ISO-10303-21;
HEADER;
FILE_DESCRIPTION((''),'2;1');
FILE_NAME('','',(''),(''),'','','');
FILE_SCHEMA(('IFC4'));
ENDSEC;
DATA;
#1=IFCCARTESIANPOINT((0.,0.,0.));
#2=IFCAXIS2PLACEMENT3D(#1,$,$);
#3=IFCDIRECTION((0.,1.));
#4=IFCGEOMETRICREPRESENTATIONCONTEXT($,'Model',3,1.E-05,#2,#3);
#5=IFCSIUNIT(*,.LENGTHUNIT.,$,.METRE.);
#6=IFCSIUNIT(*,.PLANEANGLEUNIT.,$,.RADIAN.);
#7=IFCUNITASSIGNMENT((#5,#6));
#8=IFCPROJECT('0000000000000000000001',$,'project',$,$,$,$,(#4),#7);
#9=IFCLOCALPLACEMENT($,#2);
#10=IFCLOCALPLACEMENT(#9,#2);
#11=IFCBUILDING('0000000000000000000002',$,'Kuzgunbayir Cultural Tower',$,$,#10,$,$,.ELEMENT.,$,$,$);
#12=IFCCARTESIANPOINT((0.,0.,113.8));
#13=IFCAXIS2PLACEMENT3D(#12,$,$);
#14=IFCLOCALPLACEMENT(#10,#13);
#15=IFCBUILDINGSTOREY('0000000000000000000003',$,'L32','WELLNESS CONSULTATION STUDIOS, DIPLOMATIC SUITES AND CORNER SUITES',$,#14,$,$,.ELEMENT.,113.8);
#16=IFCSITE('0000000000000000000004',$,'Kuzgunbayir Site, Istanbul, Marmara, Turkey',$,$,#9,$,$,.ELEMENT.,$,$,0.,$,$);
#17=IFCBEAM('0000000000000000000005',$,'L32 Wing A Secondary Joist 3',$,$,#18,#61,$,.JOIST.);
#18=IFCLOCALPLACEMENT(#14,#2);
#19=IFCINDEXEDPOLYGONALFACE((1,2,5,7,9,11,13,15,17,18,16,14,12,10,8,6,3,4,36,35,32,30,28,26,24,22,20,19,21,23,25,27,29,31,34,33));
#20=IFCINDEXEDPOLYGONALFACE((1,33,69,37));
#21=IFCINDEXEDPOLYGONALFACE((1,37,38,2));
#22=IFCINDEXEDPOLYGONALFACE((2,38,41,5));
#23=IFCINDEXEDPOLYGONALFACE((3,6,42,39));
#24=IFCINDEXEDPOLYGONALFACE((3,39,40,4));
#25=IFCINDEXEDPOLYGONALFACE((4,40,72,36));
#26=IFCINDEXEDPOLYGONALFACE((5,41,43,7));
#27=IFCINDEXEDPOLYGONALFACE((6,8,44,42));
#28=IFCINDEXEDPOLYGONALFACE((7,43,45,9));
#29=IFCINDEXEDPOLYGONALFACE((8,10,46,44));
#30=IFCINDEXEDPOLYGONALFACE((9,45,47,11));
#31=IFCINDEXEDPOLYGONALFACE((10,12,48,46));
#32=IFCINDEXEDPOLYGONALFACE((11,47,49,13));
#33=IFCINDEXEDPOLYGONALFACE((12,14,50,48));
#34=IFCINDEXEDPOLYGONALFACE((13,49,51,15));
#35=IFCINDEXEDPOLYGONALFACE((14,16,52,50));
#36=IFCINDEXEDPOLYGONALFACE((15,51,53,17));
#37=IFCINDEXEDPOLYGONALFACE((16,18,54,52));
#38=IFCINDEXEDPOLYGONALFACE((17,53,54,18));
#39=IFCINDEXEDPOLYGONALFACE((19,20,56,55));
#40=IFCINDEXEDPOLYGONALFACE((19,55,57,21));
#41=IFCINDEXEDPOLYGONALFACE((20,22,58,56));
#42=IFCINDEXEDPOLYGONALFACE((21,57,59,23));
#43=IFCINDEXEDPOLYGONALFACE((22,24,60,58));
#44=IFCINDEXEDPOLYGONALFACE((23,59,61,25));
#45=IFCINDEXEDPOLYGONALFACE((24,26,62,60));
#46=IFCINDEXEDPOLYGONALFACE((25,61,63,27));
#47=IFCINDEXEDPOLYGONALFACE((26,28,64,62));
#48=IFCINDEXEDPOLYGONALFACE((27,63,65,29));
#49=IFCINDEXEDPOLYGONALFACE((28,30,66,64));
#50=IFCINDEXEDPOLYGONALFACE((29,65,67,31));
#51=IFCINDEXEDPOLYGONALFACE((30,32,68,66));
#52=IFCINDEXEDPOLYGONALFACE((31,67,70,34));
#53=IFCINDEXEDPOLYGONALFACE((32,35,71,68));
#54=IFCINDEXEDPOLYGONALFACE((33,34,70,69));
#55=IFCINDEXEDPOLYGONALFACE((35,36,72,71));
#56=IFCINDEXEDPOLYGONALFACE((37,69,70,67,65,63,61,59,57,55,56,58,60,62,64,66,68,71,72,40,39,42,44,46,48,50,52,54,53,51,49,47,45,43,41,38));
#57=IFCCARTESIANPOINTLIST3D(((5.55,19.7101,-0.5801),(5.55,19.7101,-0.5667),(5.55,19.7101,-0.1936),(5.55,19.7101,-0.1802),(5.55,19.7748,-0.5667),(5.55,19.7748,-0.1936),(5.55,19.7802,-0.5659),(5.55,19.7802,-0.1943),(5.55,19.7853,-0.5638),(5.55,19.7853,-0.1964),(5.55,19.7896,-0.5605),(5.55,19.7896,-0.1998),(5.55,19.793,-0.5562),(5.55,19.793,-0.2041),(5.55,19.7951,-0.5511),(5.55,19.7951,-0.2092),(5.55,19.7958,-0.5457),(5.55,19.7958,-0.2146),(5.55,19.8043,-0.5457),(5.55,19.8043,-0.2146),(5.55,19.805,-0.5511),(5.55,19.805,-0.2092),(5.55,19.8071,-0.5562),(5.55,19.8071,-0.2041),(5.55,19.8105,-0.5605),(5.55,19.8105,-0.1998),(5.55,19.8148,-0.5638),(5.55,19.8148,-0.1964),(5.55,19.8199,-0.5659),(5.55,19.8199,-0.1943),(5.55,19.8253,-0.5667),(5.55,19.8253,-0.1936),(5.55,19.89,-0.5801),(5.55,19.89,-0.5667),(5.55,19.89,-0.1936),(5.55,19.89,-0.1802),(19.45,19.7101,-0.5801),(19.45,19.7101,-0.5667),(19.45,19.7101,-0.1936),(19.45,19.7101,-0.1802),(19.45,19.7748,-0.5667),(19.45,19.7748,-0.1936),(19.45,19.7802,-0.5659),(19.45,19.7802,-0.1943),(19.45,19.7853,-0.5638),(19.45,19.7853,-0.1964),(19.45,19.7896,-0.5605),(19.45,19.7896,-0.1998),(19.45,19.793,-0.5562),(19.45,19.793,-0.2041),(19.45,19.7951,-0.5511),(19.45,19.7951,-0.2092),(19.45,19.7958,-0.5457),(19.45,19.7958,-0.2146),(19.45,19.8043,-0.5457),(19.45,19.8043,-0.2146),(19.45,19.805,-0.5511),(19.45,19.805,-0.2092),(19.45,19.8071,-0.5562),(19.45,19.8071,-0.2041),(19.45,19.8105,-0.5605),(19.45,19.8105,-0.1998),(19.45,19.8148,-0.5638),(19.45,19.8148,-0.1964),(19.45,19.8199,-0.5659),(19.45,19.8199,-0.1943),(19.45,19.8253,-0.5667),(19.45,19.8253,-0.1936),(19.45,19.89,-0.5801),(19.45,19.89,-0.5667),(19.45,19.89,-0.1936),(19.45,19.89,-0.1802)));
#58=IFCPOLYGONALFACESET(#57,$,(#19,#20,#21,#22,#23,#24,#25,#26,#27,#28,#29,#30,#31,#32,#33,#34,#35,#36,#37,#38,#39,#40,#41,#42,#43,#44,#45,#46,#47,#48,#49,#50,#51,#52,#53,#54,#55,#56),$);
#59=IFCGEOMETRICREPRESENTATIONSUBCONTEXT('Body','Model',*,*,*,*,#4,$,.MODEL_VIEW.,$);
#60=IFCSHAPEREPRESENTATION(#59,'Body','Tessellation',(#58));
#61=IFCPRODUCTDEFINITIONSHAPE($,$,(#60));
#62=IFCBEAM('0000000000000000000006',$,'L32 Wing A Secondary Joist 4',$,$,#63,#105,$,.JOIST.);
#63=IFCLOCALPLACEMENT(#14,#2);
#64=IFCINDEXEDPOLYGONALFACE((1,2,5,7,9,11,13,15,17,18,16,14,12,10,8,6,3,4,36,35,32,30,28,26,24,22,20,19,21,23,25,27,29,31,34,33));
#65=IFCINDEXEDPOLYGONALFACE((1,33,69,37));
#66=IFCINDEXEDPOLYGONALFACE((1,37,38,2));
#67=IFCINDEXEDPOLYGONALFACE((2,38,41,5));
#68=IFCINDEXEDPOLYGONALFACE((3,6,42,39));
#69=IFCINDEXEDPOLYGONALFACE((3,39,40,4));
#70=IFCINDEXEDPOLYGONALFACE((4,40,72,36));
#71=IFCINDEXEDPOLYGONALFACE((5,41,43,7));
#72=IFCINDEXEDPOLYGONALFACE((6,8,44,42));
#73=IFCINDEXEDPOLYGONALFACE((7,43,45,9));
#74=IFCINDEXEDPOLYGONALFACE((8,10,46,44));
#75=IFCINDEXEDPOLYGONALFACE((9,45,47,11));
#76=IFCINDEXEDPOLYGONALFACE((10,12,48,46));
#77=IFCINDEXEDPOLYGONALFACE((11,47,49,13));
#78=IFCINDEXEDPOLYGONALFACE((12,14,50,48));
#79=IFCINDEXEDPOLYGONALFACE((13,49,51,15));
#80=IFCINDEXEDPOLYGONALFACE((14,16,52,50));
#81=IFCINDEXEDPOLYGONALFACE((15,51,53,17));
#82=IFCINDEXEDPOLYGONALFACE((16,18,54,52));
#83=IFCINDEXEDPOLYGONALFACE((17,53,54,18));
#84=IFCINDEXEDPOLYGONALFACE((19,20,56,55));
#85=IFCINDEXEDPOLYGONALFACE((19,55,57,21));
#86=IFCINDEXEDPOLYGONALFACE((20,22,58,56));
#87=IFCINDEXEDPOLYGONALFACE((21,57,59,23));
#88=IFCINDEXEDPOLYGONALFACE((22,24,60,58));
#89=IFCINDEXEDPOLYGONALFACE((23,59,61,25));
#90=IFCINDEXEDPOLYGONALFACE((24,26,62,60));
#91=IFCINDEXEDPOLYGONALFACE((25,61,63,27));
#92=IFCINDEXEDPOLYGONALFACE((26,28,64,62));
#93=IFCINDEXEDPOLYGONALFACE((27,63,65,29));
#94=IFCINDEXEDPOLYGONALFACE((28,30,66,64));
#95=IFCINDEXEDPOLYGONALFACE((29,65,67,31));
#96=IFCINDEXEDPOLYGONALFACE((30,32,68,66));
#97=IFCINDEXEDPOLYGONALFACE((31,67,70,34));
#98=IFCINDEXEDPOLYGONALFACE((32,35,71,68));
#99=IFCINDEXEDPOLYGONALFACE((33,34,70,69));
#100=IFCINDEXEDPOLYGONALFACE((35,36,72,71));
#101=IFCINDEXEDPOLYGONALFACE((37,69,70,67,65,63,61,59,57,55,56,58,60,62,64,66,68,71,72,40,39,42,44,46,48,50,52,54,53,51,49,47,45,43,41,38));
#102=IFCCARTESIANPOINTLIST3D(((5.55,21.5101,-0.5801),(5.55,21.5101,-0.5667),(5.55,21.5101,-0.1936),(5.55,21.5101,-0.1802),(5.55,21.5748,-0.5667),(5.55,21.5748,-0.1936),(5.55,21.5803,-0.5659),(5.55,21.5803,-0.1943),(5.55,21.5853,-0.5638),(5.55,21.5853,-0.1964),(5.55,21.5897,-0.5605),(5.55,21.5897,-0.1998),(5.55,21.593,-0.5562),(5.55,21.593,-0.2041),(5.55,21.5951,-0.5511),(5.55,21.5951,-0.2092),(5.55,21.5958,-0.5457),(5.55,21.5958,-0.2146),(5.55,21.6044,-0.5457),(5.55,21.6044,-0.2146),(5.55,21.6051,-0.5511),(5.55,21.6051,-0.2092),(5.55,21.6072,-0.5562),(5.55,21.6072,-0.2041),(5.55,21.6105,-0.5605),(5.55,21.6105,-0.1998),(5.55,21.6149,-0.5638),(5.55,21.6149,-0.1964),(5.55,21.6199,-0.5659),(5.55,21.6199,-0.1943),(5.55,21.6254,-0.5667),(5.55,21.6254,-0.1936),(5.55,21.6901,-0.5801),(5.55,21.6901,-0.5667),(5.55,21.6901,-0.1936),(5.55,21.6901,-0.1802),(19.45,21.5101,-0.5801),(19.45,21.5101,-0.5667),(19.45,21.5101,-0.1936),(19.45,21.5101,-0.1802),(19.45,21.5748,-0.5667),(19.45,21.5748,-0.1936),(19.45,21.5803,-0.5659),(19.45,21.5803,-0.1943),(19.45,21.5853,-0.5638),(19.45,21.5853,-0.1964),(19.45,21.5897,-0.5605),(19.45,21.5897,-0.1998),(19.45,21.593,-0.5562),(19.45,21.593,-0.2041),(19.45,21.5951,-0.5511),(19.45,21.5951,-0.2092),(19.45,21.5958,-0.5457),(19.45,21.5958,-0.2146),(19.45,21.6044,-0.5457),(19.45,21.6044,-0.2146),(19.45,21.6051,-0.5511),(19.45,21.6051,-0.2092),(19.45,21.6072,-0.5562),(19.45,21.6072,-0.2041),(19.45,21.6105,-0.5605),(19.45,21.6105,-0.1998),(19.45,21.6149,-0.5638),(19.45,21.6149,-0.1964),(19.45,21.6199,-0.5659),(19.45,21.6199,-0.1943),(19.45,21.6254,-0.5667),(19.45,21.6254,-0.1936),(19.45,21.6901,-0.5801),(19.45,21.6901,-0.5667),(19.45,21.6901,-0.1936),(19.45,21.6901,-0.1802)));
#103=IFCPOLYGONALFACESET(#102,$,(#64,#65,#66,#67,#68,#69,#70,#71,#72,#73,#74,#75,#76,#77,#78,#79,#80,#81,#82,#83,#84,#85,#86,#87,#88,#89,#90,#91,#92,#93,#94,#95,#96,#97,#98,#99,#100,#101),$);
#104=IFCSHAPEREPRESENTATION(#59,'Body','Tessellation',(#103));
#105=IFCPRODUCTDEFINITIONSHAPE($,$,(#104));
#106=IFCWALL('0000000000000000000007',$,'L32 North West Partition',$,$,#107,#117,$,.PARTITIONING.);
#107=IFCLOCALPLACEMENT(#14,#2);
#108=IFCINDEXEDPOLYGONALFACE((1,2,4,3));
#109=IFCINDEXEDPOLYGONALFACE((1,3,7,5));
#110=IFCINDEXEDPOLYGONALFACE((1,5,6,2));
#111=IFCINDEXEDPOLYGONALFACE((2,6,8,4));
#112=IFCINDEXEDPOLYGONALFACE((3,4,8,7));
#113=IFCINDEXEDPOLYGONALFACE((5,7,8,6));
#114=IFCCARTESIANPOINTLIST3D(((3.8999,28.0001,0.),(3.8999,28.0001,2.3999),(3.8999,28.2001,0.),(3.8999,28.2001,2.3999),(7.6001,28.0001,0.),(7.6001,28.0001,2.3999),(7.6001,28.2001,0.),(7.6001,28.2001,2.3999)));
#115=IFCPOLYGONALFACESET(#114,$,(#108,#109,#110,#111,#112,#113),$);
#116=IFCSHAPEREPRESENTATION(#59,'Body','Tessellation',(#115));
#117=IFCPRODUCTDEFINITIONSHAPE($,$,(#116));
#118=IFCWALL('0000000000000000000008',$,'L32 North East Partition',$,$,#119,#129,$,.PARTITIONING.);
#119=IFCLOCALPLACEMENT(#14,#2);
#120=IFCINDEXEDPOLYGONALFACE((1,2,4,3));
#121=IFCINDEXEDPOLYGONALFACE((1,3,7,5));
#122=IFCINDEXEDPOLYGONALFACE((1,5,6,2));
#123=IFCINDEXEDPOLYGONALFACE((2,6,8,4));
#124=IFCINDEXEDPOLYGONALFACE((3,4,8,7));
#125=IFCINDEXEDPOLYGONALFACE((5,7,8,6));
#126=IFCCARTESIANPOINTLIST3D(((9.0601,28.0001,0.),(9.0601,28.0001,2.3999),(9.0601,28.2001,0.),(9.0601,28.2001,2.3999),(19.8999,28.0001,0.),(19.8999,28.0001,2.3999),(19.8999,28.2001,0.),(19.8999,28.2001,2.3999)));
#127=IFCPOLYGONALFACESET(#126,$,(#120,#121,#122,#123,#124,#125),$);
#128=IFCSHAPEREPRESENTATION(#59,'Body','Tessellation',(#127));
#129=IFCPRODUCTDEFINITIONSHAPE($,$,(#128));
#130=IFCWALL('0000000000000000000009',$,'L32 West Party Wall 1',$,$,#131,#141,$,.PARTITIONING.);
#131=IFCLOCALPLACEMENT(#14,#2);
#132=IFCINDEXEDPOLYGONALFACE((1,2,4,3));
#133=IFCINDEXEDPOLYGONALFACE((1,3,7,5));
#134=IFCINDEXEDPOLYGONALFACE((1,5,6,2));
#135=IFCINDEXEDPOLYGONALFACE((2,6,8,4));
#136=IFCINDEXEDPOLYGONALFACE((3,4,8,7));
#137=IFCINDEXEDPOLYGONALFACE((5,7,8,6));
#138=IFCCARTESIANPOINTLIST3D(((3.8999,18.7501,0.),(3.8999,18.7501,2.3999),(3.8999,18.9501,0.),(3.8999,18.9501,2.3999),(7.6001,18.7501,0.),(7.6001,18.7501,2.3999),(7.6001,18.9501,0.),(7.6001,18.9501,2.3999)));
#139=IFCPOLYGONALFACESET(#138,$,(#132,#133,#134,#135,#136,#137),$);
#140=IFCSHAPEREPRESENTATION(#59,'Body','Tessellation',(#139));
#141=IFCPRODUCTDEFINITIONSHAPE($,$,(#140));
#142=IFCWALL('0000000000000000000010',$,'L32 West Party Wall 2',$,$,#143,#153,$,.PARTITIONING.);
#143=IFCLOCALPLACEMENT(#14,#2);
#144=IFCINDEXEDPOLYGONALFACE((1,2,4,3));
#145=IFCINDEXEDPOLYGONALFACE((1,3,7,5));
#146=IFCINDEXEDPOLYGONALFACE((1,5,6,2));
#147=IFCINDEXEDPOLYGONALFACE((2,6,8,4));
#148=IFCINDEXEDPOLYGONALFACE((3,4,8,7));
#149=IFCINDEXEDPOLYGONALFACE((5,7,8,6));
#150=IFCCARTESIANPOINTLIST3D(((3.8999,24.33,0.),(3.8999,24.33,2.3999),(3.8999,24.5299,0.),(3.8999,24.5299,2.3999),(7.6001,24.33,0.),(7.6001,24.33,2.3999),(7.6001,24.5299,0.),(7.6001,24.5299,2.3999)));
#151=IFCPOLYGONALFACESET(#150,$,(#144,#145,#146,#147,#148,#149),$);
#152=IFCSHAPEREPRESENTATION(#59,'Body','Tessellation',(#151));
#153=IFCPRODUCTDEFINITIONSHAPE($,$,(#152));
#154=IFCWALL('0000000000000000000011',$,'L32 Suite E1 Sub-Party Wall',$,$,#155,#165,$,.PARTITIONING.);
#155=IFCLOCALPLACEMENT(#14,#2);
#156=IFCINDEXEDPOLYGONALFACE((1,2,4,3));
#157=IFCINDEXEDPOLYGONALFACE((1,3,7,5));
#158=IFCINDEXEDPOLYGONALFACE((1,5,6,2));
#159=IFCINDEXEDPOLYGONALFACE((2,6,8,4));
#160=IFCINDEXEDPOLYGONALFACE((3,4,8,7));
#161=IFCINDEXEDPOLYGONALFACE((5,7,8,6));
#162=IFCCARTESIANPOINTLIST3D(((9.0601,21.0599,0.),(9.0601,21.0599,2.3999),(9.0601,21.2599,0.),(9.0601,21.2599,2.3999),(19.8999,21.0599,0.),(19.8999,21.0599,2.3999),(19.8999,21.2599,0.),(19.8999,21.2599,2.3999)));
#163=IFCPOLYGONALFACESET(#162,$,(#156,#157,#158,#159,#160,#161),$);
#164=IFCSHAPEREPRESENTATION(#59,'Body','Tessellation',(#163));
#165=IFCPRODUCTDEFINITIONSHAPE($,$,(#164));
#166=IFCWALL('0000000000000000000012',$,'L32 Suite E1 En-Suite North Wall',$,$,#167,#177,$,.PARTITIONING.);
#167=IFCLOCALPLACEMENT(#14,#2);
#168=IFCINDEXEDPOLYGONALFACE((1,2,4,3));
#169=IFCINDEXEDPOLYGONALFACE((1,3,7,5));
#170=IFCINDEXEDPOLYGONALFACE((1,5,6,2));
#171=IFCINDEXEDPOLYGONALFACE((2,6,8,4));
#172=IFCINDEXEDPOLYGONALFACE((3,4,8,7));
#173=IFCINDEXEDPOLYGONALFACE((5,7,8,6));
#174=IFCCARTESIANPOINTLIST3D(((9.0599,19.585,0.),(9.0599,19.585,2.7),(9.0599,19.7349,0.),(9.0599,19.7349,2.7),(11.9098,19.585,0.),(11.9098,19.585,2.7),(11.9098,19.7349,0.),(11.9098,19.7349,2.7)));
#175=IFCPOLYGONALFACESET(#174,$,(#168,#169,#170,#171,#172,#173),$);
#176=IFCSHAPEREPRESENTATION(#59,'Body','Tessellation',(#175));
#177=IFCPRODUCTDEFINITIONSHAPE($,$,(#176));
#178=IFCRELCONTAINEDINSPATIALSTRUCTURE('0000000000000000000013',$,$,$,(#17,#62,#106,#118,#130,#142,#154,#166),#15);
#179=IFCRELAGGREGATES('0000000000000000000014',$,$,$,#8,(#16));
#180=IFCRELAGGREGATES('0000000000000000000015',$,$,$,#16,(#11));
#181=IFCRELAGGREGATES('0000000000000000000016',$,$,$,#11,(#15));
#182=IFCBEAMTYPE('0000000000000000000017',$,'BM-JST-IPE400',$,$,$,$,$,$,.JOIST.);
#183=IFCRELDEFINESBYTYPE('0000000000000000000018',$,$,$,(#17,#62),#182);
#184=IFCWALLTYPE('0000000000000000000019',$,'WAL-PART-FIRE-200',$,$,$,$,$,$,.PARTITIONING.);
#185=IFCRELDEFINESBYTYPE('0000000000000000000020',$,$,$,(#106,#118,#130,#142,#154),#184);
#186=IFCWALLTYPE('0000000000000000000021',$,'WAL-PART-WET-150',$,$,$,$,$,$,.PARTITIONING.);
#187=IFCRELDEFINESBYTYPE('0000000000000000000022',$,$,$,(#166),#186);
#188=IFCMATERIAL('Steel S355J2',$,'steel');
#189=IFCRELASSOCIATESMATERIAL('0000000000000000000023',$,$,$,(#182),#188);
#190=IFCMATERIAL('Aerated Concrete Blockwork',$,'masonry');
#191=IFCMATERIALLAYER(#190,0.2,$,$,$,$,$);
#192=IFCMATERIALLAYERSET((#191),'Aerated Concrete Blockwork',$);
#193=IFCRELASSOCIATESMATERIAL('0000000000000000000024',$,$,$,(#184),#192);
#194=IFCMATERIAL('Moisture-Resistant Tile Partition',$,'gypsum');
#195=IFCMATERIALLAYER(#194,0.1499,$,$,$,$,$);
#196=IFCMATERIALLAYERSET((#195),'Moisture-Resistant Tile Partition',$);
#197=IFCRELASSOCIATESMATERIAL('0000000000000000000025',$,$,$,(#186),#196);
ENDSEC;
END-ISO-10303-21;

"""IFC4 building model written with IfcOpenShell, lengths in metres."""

from ifc_helpers import new_model, si_unit, direction, frame, frame_2d, origin, origin_2d, place, context, subcontext, project, spatial, rectangle, i_section, extrude, material, layer, layer_set, material_profile, profile_set, type_object, element, save


model = new_model("IFC4")

# Units and contexts
model_context = context("Model", 3, precision=1e-05, world=origin(), true_north=direction((0.0, 1.0)))
body_context = subcontext(model_context, "Body", "Model", "MODEL_VIEW")
ifc_project = project(units=[si_unit("LENGTHUNIT", "METRE"), si_unit("PLANEANGLEUNIT", "RADIAN")], contexts=[model_context])

# Site, building, storey
site_placement = place(None, origin())
site = spatial("IfcSite", under=ifc_project, at=site_placement, Name="Kuzgunbayir Site, Istanbul, Marmara, Turkey", CompositionType="ELEMENT", RefElevation=0.0)
building_placement = place(site_placement, origin())
building = spatial("IfcBuilding", under=site, at=building_placement, Name="Kuzgunbayir Cultural Tower", CompositionType="ELEMENT")
storey_placement = place(building_placement, frame((0.0, 0.0, 113.8)))
storey = spatial("IfcBuildingStorey", under=building, at=storey_placement, Name="L32", Description="WELLNESS CONSULTATION STUDIOS, DIPLOMATIC SUITES AND CORNER SUITES", CompositionType="ELEMENT", Elevation=113.8)

# Beams
ifc_material_1 = material(Name="Steel S355J2", Category="steel")
ifc_material_profile_1 = material_profile(ifc_material_1, i_section(OverallWidth=0.1799, OverallDepth=0.3999, WebThickness=0.0085, FlangeThickness=0.0134, FilletRadius=0.021, at=origin_2d()), Name="IPE 400")
ifc_profile_set_1 = profile_set([ifc_material_profile_1], Name="Steel S355J2")
beam_type_1 = type_object("IfcBeamType", Name="BM-JST-IPE400", PredefinedType="JOIST", material=ifc_profile_set_1)
for number, where, z_axis, x_axis, name in (
    (1, (5.55, 19.8, -0.3801), (1.0, 0.0, 0.0), (0.0, 1.0, 0.0), "L32 Wing A Secondary Joist 3"),
    (2, (5.55, 21.6001, -0.3801), (1.0, 0.0, 0.0), (0.0, 1.0, 0.0), "L32 Wing A Secondary Joist 4"),
):
    element("IfcBeam", number, at=place(storey_placement, frame(where, z_axis=z_axis, x_axis=x_axis)), inside=storey, type_object=beam_type_1, Name=name, PredefinedType="JOIST", context=body_context, shape_type="SweptSolid", body=[
        extrude(i_section(OverallWidth=0.1799, OverallDepth=0.3999, WebThickness=0.0085, FlangeThickness=0.0134, FilletRadius=0.021, at=origin_2d()), origin(), (0.0, 0.0, 1.0), 13.8999),
    ])

# Walls
ifc_material_2 = material(Name="Aerated Concrete Blockwork", Category="masonry")
ifc_layer_1 = layer(ifc_material_2, 0.2)
ifc_layer_set_1 = layer_set([ifc_layer_1], Name="Aerated Concrete Blockwork")
wall_type_1 = type_object("IfcWallType", Name="WAL-PART-FIRE-200", PredefinedType="PARTITIONING", material=ifc_layer_set_1)
wall_1_placement = place(storey_placement, frame((3.8999, 28.1001, 0.0), z_axis=(0.0, 0.0, 1.0), x_axis=(1.0, 0.0, 0.0)))
element("IfcWall", 3, at=wall_1_placement, inside=storey, type_object=wall_type_1, Name="L32 North West Partition", PredefinedType="PARTITIONING", context=body_context, shape_type="SweptSolid", body=[
    extrude(rectangle(XDim=3.7002, YDim=0.2, at=frame_2d((1.8501, 0.0))), origin(), (0.0, 0.0, 1.0), 2.3999),
])
wall_2_placement = place(storey_placement, frame((9.0601, 28.1001, 0.0), z_axis=(0.0, 0.0, 1.0), x_axis=(1.0, 0.0, 0.0)))
element("IfcWall", 4, at=wall_2_placement, inside=storey, type_object=wall_type_1, Name="L32 North East Partition", PredefinedType="PARTITIONING", context=body_context, shape_type="SweptSolid", body=[
    extrude(rectangle(XDim=10.8398, YDim=0.2, at=frame_2d((5.4199, 0.0))), origin(), (0.0, 0.0, 1.0), 2.3999),
])
for number, where, z_axis, x_axis, name in (
    (5, (3.8999, 18.8501, 0.0), (0.0, 0.0, 1.0), (1.0, 0.0, 0.0), "L32 West Party Wall 1"),
    (6, (3.8999, 24.4299, 0.0), (0.0, 0.0, 1.0), (1.0, 0.0, 0.0), "L32 West Party Wall 2"),
):
    element("IfcWall", number, at=place(storey_placement, frame(where, z_axis=z_axis, x_axis=x_axis)), inside=storey, type_object=wall_type_1, Name=name, PredefinedType="PARTITIONING", context=body_context, shape_type="SweptSolid", body=[
        extrude(rectangle(XDim=3.7002, YDim=0.2, at=frame_2d((1.8501, 0.0))), origin(), (0.0, 0.0, 1.0), 2.3999),
    ])
wall_3_placement = place(storey_placement, frame((9.0601, 21.1599, 0.0), z_axis=(0.0, 0.0, 1.0), x_axis=(1.0, 0.0, 0.0)))
element("IfcWall", 7, at=wall_3_placement, inside=storey, type_object=wall_type_1, Name="L32 Suite E1 Sub-Party Wall", PredefinedType="PARTITIONING", context=body_context, shape_type="SweptSolid", body=[
    extrude(rectangle(XDim=10.8398, YDim=0.2, at=frame_2d((5.4199, 0.0))), origin(), (0.0, 0.0, 1.0), 2.3999),
])
ifc_material_3 = material(Name="Moisture-Resistant Tile Partition", Category="gypsum")
ifc_layer_2 = layer(ifc_material_3, 0.1499)
ifc_layer_set_2 = layer_set([ifc_layer_2], Name="Moisture-Resistant Tile Partition")
wall_type_2 = type_object("IfcWallType", Name="WAL-PART-WET-150", PredefinedType="PARTITIONING", material=ifc_layer_set_2)
wall_4_placement = place(storey_placement, frame((9.0601, 19.6599, 0.0), z_axis=(0.0, 0.0, 1.0), x_axis=(1.0, 0.0, 0.0)))
element("IfcWall", 8, at=wall_4_placement, inside=storey, type_object=wall_type_2, Name="L32 Suite E1 En-Suite North Wall", PredefinedType="PARTITIONING", context=body_context, shape_type="SweptSolid", body=[
    extrude(rectangle(XDim=2.8499, YDim=0.1499, at=frame_2d((1.4248, 0.0))), origin(), (0.0, 0.0, 1.0), 2.7),
])

save(model, "model.ifc")
